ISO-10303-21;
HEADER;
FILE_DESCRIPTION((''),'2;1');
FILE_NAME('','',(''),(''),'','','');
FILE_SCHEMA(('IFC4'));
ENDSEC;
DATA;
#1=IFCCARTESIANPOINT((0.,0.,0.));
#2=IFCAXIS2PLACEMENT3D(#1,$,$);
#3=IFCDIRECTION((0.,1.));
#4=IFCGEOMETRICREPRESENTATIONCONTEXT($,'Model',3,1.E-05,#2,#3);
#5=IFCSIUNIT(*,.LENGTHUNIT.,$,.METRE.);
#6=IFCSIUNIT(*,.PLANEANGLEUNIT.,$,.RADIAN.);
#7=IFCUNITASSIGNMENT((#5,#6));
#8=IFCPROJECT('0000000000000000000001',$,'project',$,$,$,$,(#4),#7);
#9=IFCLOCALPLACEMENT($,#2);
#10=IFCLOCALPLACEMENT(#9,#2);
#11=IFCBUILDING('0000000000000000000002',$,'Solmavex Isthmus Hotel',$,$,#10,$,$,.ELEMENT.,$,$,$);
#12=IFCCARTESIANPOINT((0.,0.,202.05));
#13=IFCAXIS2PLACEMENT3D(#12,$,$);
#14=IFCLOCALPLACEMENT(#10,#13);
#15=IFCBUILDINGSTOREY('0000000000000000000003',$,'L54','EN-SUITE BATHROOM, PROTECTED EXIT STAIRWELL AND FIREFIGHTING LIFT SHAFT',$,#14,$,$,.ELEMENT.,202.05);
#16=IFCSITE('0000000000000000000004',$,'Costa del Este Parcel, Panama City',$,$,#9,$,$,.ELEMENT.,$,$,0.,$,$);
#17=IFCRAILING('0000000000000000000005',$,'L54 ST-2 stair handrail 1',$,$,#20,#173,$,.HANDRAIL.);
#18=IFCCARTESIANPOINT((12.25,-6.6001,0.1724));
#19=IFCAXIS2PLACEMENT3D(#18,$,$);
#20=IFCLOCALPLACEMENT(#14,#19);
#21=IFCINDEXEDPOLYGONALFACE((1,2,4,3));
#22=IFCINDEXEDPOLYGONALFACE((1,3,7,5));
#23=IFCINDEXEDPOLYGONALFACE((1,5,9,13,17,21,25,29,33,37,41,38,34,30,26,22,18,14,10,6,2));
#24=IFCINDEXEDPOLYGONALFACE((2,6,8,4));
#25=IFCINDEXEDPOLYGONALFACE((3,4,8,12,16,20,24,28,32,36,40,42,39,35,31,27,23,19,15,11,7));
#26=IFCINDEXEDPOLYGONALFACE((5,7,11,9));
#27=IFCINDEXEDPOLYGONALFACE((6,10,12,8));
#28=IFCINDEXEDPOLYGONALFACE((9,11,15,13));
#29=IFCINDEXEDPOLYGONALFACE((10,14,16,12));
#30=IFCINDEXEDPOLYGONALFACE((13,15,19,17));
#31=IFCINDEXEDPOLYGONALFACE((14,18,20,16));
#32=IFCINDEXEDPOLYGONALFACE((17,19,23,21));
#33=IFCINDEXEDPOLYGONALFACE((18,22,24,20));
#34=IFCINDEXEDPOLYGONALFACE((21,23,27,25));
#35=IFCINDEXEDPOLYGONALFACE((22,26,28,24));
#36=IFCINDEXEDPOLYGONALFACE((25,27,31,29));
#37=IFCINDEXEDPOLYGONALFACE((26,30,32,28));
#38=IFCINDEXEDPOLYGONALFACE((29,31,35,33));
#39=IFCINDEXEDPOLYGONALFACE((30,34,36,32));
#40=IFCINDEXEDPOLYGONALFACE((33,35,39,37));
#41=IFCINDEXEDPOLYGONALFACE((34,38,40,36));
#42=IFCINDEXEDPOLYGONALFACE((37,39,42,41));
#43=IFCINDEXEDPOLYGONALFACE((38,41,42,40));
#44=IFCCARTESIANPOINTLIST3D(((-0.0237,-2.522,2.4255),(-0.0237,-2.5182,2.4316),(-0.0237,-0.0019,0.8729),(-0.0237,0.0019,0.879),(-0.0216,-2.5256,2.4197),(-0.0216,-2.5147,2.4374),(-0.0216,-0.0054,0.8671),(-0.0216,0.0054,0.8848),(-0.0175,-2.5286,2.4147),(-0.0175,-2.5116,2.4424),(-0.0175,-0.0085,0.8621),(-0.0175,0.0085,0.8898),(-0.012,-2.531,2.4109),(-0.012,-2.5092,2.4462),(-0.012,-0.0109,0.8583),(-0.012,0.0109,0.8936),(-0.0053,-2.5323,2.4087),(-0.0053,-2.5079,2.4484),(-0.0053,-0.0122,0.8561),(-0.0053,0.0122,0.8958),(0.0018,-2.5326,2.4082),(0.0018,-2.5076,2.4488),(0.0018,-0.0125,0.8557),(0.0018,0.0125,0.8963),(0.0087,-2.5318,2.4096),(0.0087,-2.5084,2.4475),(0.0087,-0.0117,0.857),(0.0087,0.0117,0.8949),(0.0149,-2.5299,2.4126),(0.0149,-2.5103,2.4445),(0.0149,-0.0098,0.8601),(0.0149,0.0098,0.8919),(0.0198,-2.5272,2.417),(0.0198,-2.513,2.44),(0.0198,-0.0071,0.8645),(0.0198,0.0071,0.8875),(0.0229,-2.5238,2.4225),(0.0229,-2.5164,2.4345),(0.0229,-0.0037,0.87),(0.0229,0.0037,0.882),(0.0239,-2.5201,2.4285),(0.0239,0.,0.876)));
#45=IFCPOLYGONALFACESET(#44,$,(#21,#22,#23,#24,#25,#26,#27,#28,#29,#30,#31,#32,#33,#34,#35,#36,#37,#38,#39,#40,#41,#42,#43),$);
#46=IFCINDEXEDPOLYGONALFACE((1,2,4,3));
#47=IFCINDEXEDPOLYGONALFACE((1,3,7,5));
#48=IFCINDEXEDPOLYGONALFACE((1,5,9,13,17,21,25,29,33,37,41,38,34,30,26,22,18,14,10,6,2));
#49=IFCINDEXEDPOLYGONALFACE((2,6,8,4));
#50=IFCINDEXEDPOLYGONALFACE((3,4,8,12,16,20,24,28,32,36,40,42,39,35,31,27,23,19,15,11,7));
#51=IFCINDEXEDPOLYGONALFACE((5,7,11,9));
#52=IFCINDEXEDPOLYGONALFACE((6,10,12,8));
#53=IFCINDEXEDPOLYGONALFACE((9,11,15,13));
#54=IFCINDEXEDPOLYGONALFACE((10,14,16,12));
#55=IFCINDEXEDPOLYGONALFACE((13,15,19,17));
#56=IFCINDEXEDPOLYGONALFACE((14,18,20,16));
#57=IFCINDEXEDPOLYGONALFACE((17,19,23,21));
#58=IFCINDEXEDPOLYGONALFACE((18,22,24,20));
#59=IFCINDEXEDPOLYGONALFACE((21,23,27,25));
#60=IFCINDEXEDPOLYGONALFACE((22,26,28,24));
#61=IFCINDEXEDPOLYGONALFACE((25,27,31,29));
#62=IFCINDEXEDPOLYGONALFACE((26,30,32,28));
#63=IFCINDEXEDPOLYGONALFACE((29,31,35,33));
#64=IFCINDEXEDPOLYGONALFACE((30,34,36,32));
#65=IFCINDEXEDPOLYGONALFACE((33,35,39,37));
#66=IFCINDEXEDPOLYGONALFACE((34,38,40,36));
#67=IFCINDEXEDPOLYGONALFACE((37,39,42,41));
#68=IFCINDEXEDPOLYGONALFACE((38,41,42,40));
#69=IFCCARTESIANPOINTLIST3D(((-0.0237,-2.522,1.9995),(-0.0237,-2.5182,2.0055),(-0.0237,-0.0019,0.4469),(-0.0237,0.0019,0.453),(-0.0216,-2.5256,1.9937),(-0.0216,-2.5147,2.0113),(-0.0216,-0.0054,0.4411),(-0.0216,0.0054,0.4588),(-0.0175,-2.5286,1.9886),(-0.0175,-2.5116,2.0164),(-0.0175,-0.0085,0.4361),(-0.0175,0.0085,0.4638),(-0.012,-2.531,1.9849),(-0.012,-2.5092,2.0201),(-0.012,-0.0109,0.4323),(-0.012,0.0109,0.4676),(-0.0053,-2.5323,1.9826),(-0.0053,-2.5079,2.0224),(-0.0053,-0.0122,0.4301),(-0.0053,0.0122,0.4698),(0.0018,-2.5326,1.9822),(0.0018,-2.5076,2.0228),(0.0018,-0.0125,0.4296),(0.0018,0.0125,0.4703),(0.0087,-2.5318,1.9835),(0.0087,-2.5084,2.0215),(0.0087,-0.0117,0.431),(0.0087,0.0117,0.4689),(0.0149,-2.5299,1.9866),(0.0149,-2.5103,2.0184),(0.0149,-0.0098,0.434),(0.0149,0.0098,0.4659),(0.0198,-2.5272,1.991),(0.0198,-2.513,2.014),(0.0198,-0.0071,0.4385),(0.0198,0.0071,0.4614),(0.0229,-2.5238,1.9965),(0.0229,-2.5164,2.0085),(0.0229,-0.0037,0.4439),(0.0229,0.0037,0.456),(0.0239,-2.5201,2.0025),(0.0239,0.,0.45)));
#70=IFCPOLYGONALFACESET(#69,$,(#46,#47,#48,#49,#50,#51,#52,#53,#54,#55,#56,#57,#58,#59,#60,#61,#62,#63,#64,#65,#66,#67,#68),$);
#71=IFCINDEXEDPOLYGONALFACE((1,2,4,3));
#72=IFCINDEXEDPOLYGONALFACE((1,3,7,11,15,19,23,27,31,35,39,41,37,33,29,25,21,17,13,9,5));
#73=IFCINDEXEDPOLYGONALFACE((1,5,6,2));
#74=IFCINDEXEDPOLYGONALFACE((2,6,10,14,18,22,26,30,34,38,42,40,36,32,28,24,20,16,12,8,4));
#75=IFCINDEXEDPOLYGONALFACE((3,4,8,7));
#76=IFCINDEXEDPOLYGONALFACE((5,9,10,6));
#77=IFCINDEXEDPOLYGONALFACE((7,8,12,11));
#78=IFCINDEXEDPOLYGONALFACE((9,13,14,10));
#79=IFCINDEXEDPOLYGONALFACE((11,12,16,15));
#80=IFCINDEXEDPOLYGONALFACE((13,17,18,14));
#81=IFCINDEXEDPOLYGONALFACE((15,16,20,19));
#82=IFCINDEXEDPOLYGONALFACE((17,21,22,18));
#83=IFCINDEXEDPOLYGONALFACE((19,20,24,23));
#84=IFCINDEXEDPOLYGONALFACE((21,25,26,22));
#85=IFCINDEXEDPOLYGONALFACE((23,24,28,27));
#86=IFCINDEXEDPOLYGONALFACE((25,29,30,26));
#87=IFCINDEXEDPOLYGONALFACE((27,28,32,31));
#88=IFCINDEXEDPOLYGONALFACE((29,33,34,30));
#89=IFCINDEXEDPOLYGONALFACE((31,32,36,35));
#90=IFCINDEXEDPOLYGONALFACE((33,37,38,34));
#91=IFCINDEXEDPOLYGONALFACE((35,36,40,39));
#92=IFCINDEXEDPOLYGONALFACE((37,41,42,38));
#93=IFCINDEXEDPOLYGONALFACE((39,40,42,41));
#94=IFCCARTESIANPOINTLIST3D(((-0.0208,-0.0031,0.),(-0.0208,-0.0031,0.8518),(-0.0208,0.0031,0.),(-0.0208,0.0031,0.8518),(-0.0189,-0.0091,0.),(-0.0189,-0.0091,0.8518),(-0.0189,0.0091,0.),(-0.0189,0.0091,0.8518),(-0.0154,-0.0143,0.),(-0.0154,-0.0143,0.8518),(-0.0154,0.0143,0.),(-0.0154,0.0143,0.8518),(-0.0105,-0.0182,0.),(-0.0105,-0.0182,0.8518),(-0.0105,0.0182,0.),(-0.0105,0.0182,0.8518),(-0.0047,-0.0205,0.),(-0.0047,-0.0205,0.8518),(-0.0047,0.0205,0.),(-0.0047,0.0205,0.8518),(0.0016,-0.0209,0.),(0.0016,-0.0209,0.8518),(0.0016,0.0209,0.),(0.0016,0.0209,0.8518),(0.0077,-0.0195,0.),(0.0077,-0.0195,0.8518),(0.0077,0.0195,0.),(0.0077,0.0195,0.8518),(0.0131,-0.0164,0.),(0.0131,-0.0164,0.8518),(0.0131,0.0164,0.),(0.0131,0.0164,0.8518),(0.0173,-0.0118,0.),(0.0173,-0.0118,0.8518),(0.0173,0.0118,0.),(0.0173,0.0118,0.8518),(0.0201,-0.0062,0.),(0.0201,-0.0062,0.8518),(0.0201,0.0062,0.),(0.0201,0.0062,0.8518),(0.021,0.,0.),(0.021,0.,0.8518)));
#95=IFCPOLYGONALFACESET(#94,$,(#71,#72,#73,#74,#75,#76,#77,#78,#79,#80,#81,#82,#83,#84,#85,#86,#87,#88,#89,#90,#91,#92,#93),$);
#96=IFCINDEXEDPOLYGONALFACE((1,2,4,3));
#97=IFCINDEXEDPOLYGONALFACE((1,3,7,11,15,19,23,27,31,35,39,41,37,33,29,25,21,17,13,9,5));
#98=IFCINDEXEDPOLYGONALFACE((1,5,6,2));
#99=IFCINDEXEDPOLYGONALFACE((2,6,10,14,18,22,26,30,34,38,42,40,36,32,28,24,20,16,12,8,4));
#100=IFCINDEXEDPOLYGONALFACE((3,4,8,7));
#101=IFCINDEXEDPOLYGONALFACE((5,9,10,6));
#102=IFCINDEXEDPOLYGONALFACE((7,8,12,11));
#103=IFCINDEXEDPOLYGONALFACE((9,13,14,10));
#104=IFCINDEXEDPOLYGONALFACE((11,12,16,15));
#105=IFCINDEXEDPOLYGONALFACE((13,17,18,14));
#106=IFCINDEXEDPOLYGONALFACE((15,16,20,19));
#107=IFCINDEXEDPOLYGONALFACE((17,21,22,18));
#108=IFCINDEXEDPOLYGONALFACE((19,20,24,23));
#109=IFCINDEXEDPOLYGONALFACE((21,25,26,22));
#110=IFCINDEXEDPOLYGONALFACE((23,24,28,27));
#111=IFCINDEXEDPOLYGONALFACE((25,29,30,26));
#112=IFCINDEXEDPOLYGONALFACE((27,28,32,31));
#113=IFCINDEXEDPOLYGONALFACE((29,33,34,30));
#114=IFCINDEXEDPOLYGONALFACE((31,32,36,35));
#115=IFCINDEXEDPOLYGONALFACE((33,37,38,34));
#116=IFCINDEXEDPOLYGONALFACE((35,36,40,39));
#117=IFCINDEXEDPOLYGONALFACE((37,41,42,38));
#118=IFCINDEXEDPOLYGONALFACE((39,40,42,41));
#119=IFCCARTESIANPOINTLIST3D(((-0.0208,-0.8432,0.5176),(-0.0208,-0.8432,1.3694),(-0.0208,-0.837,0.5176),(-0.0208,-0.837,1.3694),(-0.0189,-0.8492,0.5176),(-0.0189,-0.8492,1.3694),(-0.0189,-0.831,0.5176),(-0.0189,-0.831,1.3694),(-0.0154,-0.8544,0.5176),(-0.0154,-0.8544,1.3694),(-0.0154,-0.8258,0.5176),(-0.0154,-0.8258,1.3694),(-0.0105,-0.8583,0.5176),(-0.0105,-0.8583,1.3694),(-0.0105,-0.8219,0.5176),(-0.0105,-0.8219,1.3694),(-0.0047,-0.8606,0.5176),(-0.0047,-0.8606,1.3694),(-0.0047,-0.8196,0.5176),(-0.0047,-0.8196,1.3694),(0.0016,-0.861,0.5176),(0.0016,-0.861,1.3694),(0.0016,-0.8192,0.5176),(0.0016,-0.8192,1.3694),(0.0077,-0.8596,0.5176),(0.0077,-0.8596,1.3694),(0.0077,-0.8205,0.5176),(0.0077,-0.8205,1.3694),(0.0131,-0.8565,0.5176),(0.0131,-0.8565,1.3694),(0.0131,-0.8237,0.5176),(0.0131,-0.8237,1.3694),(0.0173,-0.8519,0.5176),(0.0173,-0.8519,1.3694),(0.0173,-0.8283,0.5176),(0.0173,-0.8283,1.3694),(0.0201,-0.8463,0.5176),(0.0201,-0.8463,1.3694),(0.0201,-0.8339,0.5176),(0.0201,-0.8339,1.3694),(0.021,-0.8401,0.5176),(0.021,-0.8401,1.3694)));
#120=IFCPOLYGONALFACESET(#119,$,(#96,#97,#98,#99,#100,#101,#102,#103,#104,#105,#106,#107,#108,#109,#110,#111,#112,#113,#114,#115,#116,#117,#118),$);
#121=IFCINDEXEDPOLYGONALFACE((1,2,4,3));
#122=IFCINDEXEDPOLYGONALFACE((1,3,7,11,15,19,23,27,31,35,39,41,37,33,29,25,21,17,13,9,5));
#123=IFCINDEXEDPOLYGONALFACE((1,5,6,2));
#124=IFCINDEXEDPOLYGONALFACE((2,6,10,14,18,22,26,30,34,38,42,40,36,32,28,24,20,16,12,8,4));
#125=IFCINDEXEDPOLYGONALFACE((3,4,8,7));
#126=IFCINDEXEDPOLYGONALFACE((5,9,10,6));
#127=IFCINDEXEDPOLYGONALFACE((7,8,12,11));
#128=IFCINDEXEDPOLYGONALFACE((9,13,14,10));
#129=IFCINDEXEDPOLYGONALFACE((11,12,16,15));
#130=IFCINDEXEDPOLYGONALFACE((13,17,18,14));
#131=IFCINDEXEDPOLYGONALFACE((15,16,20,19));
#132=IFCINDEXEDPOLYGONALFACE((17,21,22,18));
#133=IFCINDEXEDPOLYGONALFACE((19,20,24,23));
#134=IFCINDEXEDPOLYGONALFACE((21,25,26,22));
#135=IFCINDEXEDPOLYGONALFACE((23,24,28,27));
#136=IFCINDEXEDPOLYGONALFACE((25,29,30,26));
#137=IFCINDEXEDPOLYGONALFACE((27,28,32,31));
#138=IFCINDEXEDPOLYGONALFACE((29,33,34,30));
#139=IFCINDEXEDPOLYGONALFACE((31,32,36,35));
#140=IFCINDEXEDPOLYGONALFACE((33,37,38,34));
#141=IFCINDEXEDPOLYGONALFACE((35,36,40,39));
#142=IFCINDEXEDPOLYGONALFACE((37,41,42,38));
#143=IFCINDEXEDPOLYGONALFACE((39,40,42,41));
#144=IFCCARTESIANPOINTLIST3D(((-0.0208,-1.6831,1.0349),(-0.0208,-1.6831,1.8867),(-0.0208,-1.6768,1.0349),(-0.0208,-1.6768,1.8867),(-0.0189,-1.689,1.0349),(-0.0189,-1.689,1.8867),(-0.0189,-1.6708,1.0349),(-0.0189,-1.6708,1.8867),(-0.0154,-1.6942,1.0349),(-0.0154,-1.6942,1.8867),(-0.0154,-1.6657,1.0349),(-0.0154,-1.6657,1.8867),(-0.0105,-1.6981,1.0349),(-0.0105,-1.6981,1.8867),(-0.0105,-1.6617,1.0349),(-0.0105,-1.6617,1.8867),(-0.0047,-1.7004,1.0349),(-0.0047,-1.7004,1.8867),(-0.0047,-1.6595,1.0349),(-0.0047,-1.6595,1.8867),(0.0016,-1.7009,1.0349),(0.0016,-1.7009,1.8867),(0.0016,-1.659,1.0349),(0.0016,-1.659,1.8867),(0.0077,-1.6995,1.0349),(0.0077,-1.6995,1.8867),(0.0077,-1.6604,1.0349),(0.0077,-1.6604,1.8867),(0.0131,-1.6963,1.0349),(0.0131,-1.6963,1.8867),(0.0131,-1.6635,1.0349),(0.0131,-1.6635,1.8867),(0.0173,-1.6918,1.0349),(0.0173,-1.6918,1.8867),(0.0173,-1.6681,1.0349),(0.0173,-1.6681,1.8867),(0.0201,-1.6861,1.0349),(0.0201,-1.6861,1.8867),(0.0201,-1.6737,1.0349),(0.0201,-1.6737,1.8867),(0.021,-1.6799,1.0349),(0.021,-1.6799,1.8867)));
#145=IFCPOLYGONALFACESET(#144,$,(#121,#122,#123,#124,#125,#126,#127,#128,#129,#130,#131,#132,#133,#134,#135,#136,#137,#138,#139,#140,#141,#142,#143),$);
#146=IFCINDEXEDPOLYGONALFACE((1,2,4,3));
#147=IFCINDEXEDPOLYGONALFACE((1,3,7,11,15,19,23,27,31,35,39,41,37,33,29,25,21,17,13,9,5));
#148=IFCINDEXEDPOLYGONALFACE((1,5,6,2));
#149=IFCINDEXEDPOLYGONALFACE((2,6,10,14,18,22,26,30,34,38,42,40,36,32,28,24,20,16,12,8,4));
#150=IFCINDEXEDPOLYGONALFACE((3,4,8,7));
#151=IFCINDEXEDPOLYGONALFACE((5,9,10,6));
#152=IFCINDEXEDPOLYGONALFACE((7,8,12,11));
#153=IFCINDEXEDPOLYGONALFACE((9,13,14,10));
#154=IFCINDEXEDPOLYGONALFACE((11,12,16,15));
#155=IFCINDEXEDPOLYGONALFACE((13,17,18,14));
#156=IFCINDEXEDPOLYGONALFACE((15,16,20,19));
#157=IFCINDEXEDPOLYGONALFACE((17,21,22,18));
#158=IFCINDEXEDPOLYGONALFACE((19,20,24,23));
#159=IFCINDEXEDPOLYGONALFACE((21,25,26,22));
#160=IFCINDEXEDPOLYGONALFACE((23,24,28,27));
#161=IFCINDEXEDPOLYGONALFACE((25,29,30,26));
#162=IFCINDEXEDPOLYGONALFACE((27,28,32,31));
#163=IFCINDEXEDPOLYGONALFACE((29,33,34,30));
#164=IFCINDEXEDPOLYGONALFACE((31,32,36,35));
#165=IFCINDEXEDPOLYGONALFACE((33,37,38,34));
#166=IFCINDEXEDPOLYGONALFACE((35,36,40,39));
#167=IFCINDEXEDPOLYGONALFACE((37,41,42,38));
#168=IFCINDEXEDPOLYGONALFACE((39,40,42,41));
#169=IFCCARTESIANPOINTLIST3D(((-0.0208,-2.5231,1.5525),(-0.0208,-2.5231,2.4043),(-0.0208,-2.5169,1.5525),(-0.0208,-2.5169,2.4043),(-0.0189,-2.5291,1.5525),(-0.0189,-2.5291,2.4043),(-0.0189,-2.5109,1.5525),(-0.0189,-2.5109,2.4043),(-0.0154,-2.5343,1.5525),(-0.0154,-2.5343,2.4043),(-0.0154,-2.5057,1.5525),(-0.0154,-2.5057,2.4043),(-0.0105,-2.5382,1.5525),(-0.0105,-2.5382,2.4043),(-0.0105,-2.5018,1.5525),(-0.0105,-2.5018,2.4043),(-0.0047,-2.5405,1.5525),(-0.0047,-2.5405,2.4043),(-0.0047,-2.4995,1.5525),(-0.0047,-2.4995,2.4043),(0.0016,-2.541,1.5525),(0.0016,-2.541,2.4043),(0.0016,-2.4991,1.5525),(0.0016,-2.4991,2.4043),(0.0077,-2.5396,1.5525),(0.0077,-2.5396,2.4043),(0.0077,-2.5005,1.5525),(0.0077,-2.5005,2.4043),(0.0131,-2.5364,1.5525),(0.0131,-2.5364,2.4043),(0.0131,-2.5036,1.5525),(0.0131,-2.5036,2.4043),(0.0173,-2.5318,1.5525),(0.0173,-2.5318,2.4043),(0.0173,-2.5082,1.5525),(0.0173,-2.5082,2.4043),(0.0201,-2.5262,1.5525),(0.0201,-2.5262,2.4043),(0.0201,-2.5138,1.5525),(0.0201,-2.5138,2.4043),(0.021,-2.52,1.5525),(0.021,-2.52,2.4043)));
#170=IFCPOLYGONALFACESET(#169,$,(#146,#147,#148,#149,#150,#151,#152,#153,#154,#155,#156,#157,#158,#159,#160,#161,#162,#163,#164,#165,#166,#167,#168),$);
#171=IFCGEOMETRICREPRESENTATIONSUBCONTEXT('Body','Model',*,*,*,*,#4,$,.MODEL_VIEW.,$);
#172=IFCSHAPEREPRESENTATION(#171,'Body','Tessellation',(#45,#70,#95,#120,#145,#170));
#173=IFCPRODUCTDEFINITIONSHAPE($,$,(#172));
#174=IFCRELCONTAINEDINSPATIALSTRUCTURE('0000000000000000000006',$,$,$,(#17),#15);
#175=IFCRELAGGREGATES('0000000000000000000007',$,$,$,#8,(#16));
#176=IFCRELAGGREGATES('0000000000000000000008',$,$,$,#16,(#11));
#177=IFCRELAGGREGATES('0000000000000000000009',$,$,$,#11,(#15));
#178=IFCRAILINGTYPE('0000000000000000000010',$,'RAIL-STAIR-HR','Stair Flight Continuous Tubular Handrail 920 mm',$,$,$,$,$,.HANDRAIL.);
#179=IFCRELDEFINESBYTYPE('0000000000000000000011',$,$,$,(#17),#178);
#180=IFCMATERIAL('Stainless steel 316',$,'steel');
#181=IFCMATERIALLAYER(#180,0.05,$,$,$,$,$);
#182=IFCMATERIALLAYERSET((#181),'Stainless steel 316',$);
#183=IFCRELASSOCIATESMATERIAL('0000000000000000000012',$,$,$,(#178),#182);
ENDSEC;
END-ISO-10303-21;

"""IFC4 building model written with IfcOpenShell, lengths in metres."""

from ifc_helpers import new_model, si_unit, direction, frame, origin, origin_2d, place, context, subcontext, project, spatial, circle, extrude, material, layer, layer_set, type_object, element, save


model = new_model("IFC4")

# Units and contexts
model_context = context("Model", 3, precision=1e-05, world=origin(), true_north=direction((0.0, 1.0)))
body_context = subcontext(model_context, "Body", "Model", "MODEL_VIEW")
ifc_project = project(units=[si_unit("LENGTHUNIT", "METRE"), si_unit("PLANEANGLEUNIT", "RADIAN")], contexts=[model_context])

# Site, building, storey
site_placement = place(None, origin())
site = spatial("IfcSite", under=ifc_project, at=site_placement, Name="Costa del Este Parcel, Panama City", CompositionType="ELEMENT", RefElevation=0.0)
building_placement = place(site_placement, origin())
building = spatial("IfcBuilding", under=site, at=building_placement, Name="Solmavex Isthmus Hotel", CompositionType="ELEMENT")
storey_placement = place(building_placement, frame((0.0, 0.0, 202.05)))
storey = spatial("IfcBuildingStorey", under=building, at=storey_placement, Name="L54", Description="EN-SUITE BATHROOM, PROTECTED EXIT STAIRWELL AND FIREFIGHTING LIFT SHAFT", CompositionType="ELEMENT", Elevation=202.05)

# Shared definitions
ifc_material_1 = material(Name="Stainless steel 316", Category="steel")

# Railing
ifc_layer_1 = layer(ifc_material_1, 0.05)
ifc_layer_set_1 = layer_set([ifc_layer_1], Name="Stainless steel 316")
railing_type = type_object("IfcRailingType", Name="RAIL-STAIR-HR", Description="Stair Flight Continuous Tubular Handrail 920 mm", PredefinedType="HANDRAIL", material=ifc_layer_set_1)
railing_placement = place(storey_placement, frame((12.25, -6.6001, 0.1724)))
element("IfcRailing", 1, at=railing_placement, inside=storey, type_object=railing_type, Name="L54 ST-2 stair handrail 1", PredefinedType="HANDRAIL", context=body_context, shape_type="SweptSolid", body=[
    extrude(circle(Radius=0.0239, at=origin_2d()), frame((0.0, 0.0, 0.876), z_axis=(0.0, -0.8514, 0.524516), x_axis=(1.0, 0.0, 0.0)), (0.0, 0.0, 1.0), 2.96),
    extrude(circle(Radius=0.0239, at=origin_2d()), frame((0.0, 0.0, 0.45), z_axis=(0.0, -0.8514, 0.524516), x_axis=(1.0, 0.0, 0.0)), (0.0, 0.0, 1.0), 2.96),
    extrude(circle(Radius=0.021, at=origin_2d()), origin(), (0.0, 0.0, 1.0), 0.8518),
    extrude(circle(Radius=0.021, at=origin_2d()), frame((0.0, -0.8401, 0.5176)), (0.0, 0.0, 1.0), 0.8518),
    extrude(circle(Radius=0.021, at=origin_2d()), frame((0.0, -1.6799, 1.0349)), (0.0, 0.0, 1.0), 0.8518),
    extrude(circle(Radius=0.021, at=origin_2d()), frame((0.0, -2.52, 1.5525)), (0.0, 0.0, 1.0), 0.8518),
])

save(model, "model.ifc")
